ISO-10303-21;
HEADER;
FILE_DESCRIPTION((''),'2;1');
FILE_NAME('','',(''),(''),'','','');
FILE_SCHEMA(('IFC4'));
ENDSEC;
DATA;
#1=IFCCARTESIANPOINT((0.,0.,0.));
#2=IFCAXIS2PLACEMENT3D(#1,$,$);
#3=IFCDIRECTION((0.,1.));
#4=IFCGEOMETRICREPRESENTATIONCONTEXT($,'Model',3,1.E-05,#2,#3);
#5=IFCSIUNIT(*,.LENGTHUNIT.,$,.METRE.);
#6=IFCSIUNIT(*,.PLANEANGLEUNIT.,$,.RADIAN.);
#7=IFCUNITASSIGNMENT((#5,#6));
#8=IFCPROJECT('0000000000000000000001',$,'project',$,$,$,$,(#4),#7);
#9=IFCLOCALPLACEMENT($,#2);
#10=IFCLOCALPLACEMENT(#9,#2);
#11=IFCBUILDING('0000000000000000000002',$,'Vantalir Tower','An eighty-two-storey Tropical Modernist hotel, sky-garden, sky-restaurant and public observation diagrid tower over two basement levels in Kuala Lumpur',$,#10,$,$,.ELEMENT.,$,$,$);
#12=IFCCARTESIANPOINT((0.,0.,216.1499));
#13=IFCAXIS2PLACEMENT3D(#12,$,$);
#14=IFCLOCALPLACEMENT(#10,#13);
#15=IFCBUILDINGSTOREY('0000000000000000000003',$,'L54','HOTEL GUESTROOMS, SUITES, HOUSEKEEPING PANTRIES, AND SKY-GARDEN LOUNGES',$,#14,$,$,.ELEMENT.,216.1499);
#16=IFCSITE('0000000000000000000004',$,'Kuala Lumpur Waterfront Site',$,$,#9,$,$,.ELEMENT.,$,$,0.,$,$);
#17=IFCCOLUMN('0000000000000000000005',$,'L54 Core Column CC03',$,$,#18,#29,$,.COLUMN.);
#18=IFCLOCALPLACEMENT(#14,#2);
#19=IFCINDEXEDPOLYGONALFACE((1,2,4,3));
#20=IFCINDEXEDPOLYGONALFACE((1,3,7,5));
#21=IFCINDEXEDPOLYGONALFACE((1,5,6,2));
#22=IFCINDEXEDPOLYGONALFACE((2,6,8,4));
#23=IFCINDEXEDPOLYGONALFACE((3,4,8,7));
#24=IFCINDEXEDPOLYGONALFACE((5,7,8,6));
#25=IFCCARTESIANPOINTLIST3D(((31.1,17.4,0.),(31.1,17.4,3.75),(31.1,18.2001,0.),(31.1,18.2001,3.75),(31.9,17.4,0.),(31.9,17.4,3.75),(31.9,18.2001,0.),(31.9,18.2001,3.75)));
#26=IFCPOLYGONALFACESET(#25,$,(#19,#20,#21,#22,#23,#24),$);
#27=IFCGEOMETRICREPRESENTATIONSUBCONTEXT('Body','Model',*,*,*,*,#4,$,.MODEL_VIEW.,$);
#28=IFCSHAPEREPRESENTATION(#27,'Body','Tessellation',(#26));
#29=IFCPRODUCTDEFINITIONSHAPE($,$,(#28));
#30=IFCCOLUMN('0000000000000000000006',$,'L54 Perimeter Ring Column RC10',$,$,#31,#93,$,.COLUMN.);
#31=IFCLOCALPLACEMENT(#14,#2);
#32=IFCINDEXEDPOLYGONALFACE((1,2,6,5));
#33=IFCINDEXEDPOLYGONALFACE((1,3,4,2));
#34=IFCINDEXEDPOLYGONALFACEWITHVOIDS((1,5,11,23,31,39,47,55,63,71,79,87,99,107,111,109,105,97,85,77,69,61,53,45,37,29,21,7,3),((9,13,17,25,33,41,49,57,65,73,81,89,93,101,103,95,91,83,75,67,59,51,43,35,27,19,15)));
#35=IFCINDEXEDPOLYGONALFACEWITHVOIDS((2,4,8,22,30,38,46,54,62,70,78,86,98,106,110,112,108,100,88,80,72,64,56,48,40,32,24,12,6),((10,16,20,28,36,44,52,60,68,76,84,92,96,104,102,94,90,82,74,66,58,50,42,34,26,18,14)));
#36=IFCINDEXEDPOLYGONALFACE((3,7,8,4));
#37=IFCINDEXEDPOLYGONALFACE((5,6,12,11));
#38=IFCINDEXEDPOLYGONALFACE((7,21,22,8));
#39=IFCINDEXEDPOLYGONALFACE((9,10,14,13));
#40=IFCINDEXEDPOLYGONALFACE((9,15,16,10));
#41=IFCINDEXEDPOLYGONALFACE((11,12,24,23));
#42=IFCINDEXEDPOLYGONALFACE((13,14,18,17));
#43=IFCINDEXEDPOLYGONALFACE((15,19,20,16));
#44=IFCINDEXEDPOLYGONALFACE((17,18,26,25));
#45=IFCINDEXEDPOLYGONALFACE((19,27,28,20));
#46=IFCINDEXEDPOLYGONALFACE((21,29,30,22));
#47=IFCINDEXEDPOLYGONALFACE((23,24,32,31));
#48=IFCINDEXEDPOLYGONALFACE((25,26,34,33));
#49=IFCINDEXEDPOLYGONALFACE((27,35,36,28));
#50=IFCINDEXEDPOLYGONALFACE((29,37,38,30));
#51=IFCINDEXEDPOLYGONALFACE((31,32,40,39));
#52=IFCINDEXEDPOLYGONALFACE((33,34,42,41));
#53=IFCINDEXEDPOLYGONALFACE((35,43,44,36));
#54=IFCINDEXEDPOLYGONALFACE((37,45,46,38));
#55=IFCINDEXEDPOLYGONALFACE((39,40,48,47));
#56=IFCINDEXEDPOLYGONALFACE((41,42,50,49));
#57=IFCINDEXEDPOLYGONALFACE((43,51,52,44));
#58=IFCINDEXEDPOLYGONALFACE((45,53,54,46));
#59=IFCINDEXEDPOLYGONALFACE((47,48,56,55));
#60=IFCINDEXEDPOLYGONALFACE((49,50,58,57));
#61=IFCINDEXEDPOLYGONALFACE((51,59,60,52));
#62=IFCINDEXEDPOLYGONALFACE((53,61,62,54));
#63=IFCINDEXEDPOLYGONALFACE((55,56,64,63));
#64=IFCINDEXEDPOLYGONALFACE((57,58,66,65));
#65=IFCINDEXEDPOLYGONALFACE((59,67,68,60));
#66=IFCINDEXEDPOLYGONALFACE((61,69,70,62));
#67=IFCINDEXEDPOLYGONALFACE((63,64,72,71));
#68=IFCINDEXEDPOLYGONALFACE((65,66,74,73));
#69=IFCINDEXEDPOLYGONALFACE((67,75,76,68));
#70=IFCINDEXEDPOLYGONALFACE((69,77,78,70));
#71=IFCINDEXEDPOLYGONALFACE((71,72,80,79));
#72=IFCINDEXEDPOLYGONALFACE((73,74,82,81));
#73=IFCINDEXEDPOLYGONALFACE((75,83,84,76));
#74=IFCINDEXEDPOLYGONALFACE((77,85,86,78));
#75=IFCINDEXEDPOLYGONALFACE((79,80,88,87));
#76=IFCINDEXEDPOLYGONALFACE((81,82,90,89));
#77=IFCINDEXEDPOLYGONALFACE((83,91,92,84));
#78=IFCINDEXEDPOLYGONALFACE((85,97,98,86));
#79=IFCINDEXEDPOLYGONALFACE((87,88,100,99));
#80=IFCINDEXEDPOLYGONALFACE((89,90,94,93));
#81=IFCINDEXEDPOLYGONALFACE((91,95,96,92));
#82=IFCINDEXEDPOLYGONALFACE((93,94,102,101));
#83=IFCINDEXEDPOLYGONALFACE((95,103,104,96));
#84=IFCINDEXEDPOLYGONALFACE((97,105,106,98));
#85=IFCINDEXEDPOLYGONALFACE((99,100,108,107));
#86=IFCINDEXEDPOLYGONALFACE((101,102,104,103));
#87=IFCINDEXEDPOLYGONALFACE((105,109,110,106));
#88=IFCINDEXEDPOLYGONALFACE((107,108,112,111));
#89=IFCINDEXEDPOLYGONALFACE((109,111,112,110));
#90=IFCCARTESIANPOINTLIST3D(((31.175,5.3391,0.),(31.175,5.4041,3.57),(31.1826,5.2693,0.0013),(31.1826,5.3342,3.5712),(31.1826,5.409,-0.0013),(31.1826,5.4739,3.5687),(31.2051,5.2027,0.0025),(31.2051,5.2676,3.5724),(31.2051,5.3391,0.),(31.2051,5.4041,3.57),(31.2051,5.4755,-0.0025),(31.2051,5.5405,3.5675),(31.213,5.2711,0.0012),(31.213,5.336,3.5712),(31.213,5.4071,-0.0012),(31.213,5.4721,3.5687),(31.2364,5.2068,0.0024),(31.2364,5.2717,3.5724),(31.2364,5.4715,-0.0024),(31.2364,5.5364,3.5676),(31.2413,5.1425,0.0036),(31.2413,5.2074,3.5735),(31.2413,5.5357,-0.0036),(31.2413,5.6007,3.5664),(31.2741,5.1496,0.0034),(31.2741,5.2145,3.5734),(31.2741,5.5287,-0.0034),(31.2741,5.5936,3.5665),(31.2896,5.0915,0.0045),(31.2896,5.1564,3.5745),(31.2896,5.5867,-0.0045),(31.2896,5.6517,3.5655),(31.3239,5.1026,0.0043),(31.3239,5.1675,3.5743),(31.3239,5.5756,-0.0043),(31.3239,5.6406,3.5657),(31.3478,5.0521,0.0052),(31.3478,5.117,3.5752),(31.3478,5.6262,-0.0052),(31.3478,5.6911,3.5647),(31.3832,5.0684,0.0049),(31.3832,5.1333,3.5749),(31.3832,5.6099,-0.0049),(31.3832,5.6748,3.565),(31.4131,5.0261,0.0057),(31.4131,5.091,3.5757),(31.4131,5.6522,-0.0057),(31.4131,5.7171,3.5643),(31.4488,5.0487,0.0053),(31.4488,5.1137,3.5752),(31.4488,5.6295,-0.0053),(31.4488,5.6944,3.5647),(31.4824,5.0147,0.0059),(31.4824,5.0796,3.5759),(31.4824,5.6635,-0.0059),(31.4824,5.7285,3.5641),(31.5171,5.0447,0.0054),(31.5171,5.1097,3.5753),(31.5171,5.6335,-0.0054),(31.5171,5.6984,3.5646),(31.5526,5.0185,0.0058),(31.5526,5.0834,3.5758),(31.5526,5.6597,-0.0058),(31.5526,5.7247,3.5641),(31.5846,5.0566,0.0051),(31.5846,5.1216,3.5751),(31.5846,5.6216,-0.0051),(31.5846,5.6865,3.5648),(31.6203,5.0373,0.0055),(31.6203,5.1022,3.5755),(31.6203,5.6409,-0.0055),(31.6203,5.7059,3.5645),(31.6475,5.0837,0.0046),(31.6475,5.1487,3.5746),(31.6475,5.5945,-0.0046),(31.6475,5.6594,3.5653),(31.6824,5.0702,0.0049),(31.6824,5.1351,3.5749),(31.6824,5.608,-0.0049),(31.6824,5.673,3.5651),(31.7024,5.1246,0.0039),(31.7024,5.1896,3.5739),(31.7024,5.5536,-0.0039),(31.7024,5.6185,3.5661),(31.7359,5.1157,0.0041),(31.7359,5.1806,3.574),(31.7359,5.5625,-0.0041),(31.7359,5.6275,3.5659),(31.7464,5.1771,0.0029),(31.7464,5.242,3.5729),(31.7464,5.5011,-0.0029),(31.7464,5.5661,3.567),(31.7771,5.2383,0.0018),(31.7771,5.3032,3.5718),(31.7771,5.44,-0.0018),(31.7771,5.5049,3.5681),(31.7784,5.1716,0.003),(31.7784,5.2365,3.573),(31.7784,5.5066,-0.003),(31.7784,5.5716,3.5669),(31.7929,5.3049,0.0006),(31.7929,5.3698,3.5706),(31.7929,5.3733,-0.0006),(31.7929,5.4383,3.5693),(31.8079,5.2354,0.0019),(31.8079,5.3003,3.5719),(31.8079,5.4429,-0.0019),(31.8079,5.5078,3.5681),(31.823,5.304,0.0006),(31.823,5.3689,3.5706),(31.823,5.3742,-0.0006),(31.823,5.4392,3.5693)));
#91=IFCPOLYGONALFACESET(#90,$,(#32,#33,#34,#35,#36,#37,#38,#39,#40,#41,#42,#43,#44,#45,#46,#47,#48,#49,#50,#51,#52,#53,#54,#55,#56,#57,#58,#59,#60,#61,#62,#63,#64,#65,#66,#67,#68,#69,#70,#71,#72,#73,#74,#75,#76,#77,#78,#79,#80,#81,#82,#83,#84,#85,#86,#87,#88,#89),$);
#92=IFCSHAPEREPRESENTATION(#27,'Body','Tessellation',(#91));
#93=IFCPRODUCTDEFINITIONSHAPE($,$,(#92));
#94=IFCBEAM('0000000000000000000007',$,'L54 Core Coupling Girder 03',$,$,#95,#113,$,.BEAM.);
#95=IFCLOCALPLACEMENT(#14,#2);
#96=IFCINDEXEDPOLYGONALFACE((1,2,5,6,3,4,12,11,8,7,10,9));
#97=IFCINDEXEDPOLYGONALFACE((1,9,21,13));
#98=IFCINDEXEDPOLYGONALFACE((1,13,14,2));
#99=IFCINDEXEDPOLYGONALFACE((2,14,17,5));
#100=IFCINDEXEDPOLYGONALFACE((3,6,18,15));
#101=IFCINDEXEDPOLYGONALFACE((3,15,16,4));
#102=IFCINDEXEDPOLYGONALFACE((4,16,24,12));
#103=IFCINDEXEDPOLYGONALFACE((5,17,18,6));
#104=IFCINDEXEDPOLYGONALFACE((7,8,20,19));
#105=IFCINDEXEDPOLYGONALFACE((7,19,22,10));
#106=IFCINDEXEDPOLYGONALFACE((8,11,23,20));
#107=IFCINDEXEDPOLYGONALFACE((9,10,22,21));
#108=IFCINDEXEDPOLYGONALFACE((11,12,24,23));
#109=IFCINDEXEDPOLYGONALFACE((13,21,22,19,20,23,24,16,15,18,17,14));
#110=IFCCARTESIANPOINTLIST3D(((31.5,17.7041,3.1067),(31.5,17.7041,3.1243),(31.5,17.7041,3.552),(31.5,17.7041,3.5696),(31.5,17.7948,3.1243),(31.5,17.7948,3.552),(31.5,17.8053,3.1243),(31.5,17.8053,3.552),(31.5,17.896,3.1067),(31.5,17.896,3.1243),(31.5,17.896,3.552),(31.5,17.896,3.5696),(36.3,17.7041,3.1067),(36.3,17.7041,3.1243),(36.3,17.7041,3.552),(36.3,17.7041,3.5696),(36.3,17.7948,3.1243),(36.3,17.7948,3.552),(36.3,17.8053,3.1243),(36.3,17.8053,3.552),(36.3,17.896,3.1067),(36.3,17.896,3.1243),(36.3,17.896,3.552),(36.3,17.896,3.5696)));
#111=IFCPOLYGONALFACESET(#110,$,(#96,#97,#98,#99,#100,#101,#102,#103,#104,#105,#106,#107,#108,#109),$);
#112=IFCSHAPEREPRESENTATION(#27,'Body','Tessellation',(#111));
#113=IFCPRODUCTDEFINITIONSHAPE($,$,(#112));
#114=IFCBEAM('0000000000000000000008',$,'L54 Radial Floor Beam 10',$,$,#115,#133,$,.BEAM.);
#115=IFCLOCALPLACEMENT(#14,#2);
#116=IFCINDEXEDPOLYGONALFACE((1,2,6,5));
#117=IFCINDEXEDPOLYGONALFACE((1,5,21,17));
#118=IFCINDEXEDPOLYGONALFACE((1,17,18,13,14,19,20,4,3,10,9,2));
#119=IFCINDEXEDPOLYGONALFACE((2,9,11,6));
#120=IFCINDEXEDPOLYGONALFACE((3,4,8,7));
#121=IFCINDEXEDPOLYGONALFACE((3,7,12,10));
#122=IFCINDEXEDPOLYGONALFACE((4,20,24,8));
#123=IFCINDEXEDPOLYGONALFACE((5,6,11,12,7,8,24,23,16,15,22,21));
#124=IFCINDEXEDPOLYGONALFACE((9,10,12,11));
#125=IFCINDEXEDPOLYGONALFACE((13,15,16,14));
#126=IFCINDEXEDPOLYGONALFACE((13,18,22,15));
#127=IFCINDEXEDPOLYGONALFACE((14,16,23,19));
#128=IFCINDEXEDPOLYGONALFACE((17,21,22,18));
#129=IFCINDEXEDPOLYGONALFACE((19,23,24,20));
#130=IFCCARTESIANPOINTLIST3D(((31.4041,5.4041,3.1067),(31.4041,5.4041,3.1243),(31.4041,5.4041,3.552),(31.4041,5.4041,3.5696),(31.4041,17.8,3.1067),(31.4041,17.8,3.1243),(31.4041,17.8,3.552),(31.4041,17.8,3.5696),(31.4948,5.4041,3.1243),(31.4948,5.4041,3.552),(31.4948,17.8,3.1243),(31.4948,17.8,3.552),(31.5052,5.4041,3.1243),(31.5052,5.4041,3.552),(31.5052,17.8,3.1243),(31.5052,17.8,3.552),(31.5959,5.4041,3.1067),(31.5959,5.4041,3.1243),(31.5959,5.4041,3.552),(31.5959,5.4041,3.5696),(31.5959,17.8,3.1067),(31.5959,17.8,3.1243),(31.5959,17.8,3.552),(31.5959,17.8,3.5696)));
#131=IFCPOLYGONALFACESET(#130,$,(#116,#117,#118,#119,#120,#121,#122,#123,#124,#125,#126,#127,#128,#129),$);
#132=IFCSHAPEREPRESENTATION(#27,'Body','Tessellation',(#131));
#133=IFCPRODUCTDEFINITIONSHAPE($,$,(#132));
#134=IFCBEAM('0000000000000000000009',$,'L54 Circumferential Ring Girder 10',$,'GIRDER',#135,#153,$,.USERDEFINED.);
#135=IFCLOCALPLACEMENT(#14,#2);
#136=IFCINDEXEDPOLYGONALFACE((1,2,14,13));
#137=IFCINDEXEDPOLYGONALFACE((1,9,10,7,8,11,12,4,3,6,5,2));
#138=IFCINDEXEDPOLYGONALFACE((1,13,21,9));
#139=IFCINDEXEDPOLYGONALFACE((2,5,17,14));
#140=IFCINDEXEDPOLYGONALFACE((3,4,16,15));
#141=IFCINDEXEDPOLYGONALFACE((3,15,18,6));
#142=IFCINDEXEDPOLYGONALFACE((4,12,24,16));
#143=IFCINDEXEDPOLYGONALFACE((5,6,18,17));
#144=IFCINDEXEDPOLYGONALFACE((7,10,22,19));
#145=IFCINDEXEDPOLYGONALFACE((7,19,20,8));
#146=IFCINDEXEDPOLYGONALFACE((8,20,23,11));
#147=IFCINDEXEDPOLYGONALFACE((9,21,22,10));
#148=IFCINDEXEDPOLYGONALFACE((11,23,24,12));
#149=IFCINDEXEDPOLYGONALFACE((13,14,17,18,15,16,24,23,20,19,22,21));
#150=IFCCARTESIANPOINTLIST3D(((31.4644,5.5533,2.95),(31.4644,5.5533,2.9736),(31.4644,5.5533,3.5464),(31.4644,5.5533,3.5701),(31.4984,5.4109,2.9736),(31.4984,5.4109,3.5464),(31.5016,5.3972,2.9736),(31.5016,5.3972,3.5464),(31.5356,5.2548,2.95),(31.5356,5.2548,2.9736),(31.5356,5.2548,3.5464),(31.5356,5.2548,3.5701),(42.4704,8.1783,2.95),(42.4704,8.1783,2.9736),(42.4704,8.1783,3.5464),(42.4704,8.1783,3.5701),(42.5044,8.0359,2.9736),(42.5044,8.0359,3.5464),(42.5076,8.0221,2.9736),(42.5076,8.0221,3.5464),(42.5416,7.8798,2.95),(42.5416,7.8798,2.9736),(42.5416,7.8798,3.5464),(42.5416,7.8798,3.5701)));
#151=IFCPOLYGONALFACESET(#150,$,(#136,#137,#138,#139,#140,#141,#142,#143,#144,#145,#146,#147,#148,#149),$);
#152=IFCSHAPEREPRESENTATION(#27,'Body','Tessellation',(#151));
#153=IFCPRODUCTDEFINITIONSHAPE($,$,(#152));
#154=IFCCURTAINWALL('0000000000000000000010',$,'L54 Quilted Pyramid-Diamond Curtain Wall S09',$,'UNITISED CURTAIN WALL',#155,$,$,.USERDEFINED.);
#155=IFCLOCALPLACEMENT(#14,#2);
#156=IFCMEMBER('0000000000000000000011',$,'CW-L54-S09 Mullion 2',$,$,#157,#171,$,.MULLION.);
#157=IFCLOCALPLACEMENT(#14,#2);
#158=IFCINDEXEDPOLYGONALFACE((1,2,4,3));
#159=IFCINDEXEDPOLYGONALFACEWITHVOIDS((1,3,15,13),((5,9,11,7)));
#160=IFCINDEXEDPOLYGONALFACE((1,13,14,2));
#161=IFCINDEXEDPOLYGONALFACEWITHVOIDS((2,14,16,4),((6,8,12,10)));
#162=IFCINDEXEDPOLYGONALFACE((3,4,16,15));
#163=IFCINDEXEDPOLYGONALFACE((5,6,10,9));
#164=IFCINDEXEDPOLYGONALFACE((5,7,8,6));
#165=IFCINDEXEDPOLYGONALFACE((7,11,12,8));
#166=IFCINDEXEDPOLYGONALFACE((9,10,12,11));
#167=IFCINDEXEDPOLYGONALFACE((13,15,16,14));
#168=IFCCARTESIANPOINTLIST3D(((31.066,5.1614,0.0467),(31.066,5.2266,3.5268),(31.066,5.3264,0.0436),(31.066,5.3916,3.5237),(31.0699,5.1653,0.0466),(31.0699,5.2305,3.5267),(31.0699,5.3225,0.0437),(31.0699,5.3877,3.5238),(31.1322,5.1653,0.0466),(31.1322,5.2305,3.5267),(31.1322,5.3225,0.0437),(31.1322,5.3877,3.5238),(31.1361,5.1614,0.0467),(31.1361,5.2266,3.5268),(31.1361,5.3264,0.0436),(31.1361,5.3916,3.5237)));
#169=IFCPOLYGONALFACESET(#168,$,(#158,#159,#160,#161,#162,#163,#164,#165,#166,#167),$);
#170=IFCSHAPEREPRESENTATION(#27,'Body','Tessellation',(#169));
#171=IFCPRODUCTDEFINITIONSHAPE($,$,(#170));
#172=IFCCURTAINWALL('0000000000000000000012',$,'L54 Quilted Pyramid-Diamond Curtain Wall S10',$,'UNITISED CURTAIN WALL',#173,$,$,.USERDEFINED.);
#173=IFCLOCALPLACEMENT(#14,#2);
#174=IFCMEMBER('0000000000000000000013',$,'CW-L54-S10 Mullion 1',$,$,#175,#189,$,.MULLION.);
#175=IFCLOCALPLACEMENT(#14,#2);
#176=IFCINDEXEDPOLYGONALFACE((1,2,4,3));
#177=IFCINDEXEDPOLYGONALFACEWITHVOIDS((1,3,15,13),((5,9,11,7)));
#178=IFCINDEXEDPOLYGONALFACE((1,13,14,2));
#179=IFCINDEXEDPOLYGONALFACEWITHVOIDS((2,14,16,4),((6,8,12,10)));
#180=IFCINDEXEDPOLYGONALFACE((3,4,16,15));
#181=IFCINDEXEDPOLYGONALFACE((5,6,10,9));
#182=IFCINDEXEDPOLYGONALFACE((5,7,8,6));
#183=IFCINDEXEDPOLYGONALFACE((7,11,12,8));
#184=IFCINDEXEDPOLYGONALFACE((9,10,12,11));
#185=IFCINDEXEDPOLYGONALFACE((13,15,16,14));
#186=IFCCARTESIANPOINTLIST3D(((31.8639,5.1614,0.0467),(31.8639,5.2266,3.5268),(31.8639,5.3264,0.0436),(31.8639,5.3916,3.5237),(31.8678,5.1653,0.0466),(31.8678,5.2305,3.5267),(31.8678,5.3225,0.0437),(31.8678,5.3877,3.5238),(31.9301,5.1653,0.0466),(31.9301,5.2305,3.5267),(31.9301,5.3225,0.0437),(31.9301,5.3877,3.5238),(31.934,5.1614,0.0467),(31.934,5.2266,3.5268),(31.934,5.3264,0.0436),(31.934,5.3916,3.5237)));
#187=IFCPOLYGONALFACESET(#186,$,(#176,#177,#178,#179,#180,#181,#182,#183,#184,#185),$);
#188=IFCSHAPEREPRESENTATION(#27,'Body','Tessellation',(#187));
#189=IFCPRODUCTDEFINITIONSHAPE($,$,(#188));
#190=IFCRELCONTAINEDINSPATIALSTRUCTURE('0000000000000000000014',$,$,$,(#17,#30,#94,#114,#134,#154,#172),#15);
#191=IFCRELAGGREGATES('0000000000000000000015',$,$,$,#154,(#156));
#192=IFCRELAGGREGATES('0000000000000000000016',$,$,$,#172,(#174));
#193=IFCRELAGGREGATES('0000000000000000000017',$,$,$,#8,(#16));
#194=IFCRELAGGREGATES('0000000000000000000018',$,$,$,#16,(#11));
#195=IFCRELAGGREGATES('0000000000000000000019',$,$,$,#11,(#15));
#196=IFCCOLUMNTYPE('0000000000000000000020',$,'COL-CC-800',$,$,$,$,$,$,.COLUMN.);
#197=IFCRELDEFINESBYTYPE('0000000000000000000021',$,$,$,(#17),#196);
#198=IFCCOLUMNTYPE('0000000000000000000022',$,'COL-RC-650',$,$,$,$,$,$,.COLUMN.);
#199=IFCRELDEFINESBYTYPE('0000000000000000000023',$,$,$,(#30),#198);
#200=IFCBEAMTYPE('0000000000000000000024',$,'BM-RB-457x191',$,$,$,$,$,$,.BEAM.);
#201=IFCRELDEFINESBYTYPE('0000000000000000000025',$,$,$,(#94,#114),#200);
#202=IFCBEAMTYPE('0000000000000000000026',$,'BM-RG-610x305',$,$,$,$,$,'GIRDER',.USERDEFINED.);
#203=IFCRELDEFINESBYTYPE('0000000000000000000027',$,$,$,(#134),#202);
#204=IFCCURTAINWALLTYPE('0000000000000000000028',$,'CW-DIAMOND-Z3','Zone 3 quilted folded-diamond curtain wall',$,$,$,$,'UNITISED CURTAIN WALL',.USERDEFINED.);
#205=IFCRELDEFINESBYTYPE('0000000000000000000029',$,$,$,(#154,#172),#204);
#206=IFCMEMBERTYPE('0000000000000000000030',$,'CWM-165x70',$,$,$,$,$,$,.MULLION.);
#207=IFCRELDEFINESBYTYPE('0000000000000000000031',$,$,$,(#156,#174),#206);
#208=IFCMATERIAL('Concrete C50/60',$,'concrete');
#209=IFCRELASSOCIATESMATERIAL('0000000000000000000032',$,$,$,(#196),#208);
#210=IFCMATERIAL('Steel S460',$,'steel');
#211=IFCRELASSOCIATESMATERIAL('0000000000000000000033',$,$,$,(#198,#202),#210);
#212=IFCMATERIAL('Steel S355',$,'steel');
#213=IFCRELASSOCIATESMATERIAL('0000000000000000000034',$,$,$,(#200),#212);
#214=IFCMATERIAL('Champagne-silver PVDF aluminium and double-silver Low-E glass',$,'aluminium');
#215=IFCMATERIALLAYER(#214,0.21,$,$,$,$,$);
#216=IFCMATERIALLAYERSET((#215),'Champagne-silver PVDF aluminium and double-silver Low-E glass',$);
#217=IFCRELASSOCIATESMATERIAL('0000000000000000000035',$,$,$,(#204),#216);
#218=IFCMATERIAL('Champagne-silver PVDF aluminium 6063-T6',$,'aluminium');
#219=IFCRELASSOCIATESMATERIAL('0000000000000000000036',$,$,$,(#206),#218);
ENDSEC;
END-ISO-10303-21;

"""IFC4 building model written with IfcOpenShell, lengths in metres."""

from ifc_helpers import new_model, si_unit, direction, frame, origin, origin_2d, place, context, subcontext, project, spatial, rectangle, hollow_rectangle, hollow_circle, i_section, extrude, material, layer, layer_set, material_profile, profile_set, type_object, element, aggregate, save


model = new_model("IFC4")

# Units and contexts
model_context = context("Model", 3, precision=1e-05, world=origin(), true_north=direction((0.0, 1.0)))
body_context = subcontext(model_context, "Body", "Model", "MODEL_VIEW")
ifc_project = project(units=[si_unit("LENGTHUNIT", "METRE"), si_unit("PLANEANGLEUNIT", "RADIAN")], contexts=[model_context])

# Site, building, storey
site_placement = place(None, origin())
site = spatial("IfcSite", under=ifc_project, at=site_placement, Name="Kuala Lumpur Waterfront Site", CompositionType="ELEMENT", RefElevation=0.0)
building_placement = place(site_placement, origin())
building = spatial("IfcBuilding", under=site, at=building_placement, Name="Vantalir Tower", Description="An eighty-two-storey Tropical Modernist hotel, sky-garden, sky-restaurant and public observation diagrid tower over two basement levels in Kuala Lumpur", CompositionType="ELEMENT")
storey_placement = place(building_placement, frame((0.0, 0.0, 216.1499)))
storey = spatial("IfcBuildingStorey", under=building, at=storey_placement, Name="L54", Description="HOTEL GUESTROOMS, SUITES, HOUSEKEEPING PANTRIES, AND SKY-GARDEN LOUNGES", CompositionType="ELEMENT", Elevation=216.1499)

# Columns
ifc_material_1 = material(Name="Concrete C50/60", Category="concrete")
ifc_material_profile_1 = material_profile(ifc_material_1, rectangle(XDim=0.8, YDim=0.8, at=origin_2d()), Name="Concrete C50/60")
ifc_profile_set_1 = profile_set([ifc_material_profile_1], Name="Concrete C50/60")
column_type_1 = type_object("IfcColumnType", Name="COL-CC-800", PredefinedType="COLUMN", material=ifc_profile_set_1)
column_1_placement = place(storey_placement, frame((31.5, 17.8, 0.0), z_axis=(0.0, 0.0, 1.0), x_axis=(1.0, 0.0, 0.0)))
element("IfcColumn", 1, at=column_1_placement, inside=storey, type_object=column_type_1, Name="L54 Core Column CC03", PredefinedType="COLUMN", context=body_context, shape_type="SweptSolid", body=[
    extrude(rectangle(XDim=0.8, YDim=0.8, at=origin_2d()), origin(), (0.0, 0.0, 1.0), 3.75),
])
ifc_material_2 = material(Name="Steel S460", Category="steel")
ifc_material_profile_2 = material_profile(ifc_material_2, hollow_circle(Radius=0.325, WallThickness=0.03, at=origin_2d()), Name="Steel S460")
ifc_profile_set_2 = profile_set([ifc_material_profile_2], Name="Steel S460")
column_type_2 = type_object("IfcColumnType", Name="COL-RC-650", PredefinedType="COLUMN", material=ifc_profile_set_2)
column_2_placement = place(storey_placement, frame((31.5, 5.3391, 0.0), z_axis=(0.0, 0.018188, 0.999835), x_axis=(-1.0, 0.0, 0.0)))
element("IfcColumn", 2, at=column_2_placement, inside=storey, type_object=column_type_2, Name="L54 Perimeter Ring Column RC10", PredefinedType="COLUMN", context=body_context, shape_type="SweptSolid", body=[
    extrude(hollow_circle(Radius=0.325, WallThickness=0.03, at=origin_2d()), origin(), (0.0, 0.0, 1.0), 3.5706),
])

# Beams
ifc_material_3 = material(Name="Steel S355", Category="steel")
ifc_material_profile_3 = material_profile(ifc_material_3, i_section(OverallWidth=0.1919, OverallDepth=0.4629, WebThickness=0.0105, FlangeThickness=0.0176, at=origin_2d()), Name="Steel S355")
ifc_profile_set_3 = profile_set([ifc_material_profile_3], Name="Steel S355")
beam_type_1 = type_object("IfcBeamType", Name="BM-RB-457x191", PredefinedType="BEAM", material=ifc_profile_set_3)
beam_1_placement = place(storey_placement, frame((31.5, 17.8, 3.3381), z_axis=(1.0, 0.0, 0.0), x_axis=(0.0, 1.0, 0.0)))
element("IfcBeam", 3, at=beam_1_placement, inside=storey, type_object=beam_type_1, Name="L54 Core Coupling Girder 03", PredefinedType="BEAM", context=body_context, shape_type="SweptSolid", body=[
    extrude(i_section(OverallWidth=0.1919, OverallDepth=0.4629, WebThickness=0.0105, FlangeThickness=0.0176, at=origin_2d()), origin(), (0.0, 0.0, 1.0), 4.8),
])
beam_2_placement = place(storey_placement, frame((31.5, 5.4041, 3.3381), z_axis=(0.0, 1.0, 0.0), x_axis=(-1.0, 0.0, 0.0)))
element("IfcBeam", 4, at=beam_2_placement, inside=storey, type_object=beam_type_1, Name="L54 Radial Floor Beam 10", PredefinedType="BEAM", context=body_context, shape_type="SweptSolid", body=[
    extrude(i_section(OverallWidth=0.1919, OverallDepth=0.4629, WebThickness=0.0105, FlangeThickness=0.0176, at=origin_2d()), origin(), (0.0, 0.0, 1.0), 12.396),
])
ifc_material_profile_4 = material_profile(ifc_material_2, i_section(OverallWidth=0.3069, OverallDepth=0.6201, WebThickness=0.0142, FlangeThickness=0.0237, at=origin_2d()), Name="Steel S460")
ifc_profile_set_4 = profile_set([ifc_material_profile_4], Name="Steel S460")
beam_type_2 = type_object("IfcBeamType", Name="BM-RG-610x305", ElementType="GIRDER", PredefinedType="USERDEFINED", material=ifc_profile_set_4)
beam_3_placement = place(storey_placement, frame((31.5, 5.4041, 3.26), z_axis=(0.972717, 0.231997, 0.0), x_axis=(-0.231997, 0.972717, 0.0)))
element("IfcBeam", 5, at=beam_3_placement, inside=storey, type_object=beam_type_2, Name="L54 Circumferential Ring Girder 10", ObjectType="GIRDER", PredefinedType="USERDEFINED", context=body_context, shape_type="SweptSolid", body=[
    extrude(i_section(OverallWidth=0.3069, OverallDepth=0.6201, WebThickness=0.0142, FlangeThickness=0.0237, at=origin_2d()), origin(), (0.0, 0.0, 1.0), 11.3147),
])

# Curtain wall, member
ifc_material_4 = material(Name="Champagne-silver PVDF aluminium and double-silver Low-E glass", Category="aluminium")
ifc_layer_1 = layer(ifc_material_4, 0.21)
ifc_layer_set_1 = layer_set([ifc_layer_1], Name="Champagne-silver PVDF aluminium and double-silver Low-E glass")
curtain_wall_type = type_object("IfcCurtainWallType", Name="CW-DIAMOND-Z3", Description="Zone 3 quilted folded-diamond curtain wall", ElementType="UNITISED CURTAIN WALL", PredefinedType="USERDEFINED", material=ifc_layer_set_1)
curtain_wall_1_placement = place(storey_placement, origin())
curtain_wall_1 = element("IfcCurtainWall", 6, at=curtain_wall_1_placement, inside=storey, type_object=curtain_wall_type, Name="L54 Quilted Pyramid-Diamond Curtain Wall S09", ObjectType="UNITISED CURTAIN WALL", PredefinedType="USERDEFINED")
ifc_material_5 = material(Name="Champagne-silver PVDF aluminium 6063-T6", Category="aluminium")
ifc_material_profile_5 = material_profile(ifc_material_5, hollow_rectangle(XDim=0.0701, YDim=0.165, WallThickness=0.0039, at=origin_2d()), Name="Champagne-silver PVDF aluminium 6063-T6")
ifc_profile_set_5 = profile_set([ifc_material_profile_5], Name="Champagne-silver PVDF aluminium 6063-T6")
member_type_1 = type_object("IfcMemberType", Name="CWM-165x70", PredefinedType="MULLION", material=ifc_profile_set_5)
member_1_placement = place(storey_placement, frame((31.1011, 5.2439, 0.0452), z_axis=(0.0, 0.018728, 0.999825), x_axis=(-1.0, 0.0, 0.0)))
member_1 = element("IfcMember", 7, at=member_1_placement, type_object=member_type_1, Name="CW-L54-S09 Mullion 2", PredefinedType="MULLION", context=body_context, shape_type="SweptSolid", body=[
    extrude(hollow_rectangle(XDim=0.0701, YDim=0.165, WallThickness=0.0039, at=origin_2d()), origin(), (0.0, 0.0, 1.0), 3.4807),
])
aggregate(curtain_wall_1, [member_1])

# Curtain wall, member
curtain_wall_2_placement = place(storey_placement, origin())
curtain_wall_2 = element("IfcCurtainWall", 8, at=curtain_wall_2_placement, inside=storey, type_object=curtain_wall_type, Name="L54 Quilted Pyramid-Diamond Curtain Wall S10", ObjectType="UNITISED CURTAIN WALL", PredefinedType="USERDEFINED")
member_2_placement = place(storey_placement, frame((31.8989, 5.2439, 0.0452), z_axis=(0.0, 0.018728, 0.999825), x_axis=(-1.0, 0.0, 0.0)))
member_2 = element("IfcMember", 9, at=member_2_placement, type_object=member_type_1, Name="CW-L54-S10 Mullion 1", PredefinedType="MULLION", context=body_context, shape_type="SweptSolid", body=[
    extrude(hollow_rectangle(XDim=0.0701, YDim=0.165, WallThickness=0.0039, at=origin_2d()), origin(), (0.0, 0.0, 1.0), 3.4807),
])
aggregate(curtain_wall_2, [member_2])

save(model, "model.ifc")
